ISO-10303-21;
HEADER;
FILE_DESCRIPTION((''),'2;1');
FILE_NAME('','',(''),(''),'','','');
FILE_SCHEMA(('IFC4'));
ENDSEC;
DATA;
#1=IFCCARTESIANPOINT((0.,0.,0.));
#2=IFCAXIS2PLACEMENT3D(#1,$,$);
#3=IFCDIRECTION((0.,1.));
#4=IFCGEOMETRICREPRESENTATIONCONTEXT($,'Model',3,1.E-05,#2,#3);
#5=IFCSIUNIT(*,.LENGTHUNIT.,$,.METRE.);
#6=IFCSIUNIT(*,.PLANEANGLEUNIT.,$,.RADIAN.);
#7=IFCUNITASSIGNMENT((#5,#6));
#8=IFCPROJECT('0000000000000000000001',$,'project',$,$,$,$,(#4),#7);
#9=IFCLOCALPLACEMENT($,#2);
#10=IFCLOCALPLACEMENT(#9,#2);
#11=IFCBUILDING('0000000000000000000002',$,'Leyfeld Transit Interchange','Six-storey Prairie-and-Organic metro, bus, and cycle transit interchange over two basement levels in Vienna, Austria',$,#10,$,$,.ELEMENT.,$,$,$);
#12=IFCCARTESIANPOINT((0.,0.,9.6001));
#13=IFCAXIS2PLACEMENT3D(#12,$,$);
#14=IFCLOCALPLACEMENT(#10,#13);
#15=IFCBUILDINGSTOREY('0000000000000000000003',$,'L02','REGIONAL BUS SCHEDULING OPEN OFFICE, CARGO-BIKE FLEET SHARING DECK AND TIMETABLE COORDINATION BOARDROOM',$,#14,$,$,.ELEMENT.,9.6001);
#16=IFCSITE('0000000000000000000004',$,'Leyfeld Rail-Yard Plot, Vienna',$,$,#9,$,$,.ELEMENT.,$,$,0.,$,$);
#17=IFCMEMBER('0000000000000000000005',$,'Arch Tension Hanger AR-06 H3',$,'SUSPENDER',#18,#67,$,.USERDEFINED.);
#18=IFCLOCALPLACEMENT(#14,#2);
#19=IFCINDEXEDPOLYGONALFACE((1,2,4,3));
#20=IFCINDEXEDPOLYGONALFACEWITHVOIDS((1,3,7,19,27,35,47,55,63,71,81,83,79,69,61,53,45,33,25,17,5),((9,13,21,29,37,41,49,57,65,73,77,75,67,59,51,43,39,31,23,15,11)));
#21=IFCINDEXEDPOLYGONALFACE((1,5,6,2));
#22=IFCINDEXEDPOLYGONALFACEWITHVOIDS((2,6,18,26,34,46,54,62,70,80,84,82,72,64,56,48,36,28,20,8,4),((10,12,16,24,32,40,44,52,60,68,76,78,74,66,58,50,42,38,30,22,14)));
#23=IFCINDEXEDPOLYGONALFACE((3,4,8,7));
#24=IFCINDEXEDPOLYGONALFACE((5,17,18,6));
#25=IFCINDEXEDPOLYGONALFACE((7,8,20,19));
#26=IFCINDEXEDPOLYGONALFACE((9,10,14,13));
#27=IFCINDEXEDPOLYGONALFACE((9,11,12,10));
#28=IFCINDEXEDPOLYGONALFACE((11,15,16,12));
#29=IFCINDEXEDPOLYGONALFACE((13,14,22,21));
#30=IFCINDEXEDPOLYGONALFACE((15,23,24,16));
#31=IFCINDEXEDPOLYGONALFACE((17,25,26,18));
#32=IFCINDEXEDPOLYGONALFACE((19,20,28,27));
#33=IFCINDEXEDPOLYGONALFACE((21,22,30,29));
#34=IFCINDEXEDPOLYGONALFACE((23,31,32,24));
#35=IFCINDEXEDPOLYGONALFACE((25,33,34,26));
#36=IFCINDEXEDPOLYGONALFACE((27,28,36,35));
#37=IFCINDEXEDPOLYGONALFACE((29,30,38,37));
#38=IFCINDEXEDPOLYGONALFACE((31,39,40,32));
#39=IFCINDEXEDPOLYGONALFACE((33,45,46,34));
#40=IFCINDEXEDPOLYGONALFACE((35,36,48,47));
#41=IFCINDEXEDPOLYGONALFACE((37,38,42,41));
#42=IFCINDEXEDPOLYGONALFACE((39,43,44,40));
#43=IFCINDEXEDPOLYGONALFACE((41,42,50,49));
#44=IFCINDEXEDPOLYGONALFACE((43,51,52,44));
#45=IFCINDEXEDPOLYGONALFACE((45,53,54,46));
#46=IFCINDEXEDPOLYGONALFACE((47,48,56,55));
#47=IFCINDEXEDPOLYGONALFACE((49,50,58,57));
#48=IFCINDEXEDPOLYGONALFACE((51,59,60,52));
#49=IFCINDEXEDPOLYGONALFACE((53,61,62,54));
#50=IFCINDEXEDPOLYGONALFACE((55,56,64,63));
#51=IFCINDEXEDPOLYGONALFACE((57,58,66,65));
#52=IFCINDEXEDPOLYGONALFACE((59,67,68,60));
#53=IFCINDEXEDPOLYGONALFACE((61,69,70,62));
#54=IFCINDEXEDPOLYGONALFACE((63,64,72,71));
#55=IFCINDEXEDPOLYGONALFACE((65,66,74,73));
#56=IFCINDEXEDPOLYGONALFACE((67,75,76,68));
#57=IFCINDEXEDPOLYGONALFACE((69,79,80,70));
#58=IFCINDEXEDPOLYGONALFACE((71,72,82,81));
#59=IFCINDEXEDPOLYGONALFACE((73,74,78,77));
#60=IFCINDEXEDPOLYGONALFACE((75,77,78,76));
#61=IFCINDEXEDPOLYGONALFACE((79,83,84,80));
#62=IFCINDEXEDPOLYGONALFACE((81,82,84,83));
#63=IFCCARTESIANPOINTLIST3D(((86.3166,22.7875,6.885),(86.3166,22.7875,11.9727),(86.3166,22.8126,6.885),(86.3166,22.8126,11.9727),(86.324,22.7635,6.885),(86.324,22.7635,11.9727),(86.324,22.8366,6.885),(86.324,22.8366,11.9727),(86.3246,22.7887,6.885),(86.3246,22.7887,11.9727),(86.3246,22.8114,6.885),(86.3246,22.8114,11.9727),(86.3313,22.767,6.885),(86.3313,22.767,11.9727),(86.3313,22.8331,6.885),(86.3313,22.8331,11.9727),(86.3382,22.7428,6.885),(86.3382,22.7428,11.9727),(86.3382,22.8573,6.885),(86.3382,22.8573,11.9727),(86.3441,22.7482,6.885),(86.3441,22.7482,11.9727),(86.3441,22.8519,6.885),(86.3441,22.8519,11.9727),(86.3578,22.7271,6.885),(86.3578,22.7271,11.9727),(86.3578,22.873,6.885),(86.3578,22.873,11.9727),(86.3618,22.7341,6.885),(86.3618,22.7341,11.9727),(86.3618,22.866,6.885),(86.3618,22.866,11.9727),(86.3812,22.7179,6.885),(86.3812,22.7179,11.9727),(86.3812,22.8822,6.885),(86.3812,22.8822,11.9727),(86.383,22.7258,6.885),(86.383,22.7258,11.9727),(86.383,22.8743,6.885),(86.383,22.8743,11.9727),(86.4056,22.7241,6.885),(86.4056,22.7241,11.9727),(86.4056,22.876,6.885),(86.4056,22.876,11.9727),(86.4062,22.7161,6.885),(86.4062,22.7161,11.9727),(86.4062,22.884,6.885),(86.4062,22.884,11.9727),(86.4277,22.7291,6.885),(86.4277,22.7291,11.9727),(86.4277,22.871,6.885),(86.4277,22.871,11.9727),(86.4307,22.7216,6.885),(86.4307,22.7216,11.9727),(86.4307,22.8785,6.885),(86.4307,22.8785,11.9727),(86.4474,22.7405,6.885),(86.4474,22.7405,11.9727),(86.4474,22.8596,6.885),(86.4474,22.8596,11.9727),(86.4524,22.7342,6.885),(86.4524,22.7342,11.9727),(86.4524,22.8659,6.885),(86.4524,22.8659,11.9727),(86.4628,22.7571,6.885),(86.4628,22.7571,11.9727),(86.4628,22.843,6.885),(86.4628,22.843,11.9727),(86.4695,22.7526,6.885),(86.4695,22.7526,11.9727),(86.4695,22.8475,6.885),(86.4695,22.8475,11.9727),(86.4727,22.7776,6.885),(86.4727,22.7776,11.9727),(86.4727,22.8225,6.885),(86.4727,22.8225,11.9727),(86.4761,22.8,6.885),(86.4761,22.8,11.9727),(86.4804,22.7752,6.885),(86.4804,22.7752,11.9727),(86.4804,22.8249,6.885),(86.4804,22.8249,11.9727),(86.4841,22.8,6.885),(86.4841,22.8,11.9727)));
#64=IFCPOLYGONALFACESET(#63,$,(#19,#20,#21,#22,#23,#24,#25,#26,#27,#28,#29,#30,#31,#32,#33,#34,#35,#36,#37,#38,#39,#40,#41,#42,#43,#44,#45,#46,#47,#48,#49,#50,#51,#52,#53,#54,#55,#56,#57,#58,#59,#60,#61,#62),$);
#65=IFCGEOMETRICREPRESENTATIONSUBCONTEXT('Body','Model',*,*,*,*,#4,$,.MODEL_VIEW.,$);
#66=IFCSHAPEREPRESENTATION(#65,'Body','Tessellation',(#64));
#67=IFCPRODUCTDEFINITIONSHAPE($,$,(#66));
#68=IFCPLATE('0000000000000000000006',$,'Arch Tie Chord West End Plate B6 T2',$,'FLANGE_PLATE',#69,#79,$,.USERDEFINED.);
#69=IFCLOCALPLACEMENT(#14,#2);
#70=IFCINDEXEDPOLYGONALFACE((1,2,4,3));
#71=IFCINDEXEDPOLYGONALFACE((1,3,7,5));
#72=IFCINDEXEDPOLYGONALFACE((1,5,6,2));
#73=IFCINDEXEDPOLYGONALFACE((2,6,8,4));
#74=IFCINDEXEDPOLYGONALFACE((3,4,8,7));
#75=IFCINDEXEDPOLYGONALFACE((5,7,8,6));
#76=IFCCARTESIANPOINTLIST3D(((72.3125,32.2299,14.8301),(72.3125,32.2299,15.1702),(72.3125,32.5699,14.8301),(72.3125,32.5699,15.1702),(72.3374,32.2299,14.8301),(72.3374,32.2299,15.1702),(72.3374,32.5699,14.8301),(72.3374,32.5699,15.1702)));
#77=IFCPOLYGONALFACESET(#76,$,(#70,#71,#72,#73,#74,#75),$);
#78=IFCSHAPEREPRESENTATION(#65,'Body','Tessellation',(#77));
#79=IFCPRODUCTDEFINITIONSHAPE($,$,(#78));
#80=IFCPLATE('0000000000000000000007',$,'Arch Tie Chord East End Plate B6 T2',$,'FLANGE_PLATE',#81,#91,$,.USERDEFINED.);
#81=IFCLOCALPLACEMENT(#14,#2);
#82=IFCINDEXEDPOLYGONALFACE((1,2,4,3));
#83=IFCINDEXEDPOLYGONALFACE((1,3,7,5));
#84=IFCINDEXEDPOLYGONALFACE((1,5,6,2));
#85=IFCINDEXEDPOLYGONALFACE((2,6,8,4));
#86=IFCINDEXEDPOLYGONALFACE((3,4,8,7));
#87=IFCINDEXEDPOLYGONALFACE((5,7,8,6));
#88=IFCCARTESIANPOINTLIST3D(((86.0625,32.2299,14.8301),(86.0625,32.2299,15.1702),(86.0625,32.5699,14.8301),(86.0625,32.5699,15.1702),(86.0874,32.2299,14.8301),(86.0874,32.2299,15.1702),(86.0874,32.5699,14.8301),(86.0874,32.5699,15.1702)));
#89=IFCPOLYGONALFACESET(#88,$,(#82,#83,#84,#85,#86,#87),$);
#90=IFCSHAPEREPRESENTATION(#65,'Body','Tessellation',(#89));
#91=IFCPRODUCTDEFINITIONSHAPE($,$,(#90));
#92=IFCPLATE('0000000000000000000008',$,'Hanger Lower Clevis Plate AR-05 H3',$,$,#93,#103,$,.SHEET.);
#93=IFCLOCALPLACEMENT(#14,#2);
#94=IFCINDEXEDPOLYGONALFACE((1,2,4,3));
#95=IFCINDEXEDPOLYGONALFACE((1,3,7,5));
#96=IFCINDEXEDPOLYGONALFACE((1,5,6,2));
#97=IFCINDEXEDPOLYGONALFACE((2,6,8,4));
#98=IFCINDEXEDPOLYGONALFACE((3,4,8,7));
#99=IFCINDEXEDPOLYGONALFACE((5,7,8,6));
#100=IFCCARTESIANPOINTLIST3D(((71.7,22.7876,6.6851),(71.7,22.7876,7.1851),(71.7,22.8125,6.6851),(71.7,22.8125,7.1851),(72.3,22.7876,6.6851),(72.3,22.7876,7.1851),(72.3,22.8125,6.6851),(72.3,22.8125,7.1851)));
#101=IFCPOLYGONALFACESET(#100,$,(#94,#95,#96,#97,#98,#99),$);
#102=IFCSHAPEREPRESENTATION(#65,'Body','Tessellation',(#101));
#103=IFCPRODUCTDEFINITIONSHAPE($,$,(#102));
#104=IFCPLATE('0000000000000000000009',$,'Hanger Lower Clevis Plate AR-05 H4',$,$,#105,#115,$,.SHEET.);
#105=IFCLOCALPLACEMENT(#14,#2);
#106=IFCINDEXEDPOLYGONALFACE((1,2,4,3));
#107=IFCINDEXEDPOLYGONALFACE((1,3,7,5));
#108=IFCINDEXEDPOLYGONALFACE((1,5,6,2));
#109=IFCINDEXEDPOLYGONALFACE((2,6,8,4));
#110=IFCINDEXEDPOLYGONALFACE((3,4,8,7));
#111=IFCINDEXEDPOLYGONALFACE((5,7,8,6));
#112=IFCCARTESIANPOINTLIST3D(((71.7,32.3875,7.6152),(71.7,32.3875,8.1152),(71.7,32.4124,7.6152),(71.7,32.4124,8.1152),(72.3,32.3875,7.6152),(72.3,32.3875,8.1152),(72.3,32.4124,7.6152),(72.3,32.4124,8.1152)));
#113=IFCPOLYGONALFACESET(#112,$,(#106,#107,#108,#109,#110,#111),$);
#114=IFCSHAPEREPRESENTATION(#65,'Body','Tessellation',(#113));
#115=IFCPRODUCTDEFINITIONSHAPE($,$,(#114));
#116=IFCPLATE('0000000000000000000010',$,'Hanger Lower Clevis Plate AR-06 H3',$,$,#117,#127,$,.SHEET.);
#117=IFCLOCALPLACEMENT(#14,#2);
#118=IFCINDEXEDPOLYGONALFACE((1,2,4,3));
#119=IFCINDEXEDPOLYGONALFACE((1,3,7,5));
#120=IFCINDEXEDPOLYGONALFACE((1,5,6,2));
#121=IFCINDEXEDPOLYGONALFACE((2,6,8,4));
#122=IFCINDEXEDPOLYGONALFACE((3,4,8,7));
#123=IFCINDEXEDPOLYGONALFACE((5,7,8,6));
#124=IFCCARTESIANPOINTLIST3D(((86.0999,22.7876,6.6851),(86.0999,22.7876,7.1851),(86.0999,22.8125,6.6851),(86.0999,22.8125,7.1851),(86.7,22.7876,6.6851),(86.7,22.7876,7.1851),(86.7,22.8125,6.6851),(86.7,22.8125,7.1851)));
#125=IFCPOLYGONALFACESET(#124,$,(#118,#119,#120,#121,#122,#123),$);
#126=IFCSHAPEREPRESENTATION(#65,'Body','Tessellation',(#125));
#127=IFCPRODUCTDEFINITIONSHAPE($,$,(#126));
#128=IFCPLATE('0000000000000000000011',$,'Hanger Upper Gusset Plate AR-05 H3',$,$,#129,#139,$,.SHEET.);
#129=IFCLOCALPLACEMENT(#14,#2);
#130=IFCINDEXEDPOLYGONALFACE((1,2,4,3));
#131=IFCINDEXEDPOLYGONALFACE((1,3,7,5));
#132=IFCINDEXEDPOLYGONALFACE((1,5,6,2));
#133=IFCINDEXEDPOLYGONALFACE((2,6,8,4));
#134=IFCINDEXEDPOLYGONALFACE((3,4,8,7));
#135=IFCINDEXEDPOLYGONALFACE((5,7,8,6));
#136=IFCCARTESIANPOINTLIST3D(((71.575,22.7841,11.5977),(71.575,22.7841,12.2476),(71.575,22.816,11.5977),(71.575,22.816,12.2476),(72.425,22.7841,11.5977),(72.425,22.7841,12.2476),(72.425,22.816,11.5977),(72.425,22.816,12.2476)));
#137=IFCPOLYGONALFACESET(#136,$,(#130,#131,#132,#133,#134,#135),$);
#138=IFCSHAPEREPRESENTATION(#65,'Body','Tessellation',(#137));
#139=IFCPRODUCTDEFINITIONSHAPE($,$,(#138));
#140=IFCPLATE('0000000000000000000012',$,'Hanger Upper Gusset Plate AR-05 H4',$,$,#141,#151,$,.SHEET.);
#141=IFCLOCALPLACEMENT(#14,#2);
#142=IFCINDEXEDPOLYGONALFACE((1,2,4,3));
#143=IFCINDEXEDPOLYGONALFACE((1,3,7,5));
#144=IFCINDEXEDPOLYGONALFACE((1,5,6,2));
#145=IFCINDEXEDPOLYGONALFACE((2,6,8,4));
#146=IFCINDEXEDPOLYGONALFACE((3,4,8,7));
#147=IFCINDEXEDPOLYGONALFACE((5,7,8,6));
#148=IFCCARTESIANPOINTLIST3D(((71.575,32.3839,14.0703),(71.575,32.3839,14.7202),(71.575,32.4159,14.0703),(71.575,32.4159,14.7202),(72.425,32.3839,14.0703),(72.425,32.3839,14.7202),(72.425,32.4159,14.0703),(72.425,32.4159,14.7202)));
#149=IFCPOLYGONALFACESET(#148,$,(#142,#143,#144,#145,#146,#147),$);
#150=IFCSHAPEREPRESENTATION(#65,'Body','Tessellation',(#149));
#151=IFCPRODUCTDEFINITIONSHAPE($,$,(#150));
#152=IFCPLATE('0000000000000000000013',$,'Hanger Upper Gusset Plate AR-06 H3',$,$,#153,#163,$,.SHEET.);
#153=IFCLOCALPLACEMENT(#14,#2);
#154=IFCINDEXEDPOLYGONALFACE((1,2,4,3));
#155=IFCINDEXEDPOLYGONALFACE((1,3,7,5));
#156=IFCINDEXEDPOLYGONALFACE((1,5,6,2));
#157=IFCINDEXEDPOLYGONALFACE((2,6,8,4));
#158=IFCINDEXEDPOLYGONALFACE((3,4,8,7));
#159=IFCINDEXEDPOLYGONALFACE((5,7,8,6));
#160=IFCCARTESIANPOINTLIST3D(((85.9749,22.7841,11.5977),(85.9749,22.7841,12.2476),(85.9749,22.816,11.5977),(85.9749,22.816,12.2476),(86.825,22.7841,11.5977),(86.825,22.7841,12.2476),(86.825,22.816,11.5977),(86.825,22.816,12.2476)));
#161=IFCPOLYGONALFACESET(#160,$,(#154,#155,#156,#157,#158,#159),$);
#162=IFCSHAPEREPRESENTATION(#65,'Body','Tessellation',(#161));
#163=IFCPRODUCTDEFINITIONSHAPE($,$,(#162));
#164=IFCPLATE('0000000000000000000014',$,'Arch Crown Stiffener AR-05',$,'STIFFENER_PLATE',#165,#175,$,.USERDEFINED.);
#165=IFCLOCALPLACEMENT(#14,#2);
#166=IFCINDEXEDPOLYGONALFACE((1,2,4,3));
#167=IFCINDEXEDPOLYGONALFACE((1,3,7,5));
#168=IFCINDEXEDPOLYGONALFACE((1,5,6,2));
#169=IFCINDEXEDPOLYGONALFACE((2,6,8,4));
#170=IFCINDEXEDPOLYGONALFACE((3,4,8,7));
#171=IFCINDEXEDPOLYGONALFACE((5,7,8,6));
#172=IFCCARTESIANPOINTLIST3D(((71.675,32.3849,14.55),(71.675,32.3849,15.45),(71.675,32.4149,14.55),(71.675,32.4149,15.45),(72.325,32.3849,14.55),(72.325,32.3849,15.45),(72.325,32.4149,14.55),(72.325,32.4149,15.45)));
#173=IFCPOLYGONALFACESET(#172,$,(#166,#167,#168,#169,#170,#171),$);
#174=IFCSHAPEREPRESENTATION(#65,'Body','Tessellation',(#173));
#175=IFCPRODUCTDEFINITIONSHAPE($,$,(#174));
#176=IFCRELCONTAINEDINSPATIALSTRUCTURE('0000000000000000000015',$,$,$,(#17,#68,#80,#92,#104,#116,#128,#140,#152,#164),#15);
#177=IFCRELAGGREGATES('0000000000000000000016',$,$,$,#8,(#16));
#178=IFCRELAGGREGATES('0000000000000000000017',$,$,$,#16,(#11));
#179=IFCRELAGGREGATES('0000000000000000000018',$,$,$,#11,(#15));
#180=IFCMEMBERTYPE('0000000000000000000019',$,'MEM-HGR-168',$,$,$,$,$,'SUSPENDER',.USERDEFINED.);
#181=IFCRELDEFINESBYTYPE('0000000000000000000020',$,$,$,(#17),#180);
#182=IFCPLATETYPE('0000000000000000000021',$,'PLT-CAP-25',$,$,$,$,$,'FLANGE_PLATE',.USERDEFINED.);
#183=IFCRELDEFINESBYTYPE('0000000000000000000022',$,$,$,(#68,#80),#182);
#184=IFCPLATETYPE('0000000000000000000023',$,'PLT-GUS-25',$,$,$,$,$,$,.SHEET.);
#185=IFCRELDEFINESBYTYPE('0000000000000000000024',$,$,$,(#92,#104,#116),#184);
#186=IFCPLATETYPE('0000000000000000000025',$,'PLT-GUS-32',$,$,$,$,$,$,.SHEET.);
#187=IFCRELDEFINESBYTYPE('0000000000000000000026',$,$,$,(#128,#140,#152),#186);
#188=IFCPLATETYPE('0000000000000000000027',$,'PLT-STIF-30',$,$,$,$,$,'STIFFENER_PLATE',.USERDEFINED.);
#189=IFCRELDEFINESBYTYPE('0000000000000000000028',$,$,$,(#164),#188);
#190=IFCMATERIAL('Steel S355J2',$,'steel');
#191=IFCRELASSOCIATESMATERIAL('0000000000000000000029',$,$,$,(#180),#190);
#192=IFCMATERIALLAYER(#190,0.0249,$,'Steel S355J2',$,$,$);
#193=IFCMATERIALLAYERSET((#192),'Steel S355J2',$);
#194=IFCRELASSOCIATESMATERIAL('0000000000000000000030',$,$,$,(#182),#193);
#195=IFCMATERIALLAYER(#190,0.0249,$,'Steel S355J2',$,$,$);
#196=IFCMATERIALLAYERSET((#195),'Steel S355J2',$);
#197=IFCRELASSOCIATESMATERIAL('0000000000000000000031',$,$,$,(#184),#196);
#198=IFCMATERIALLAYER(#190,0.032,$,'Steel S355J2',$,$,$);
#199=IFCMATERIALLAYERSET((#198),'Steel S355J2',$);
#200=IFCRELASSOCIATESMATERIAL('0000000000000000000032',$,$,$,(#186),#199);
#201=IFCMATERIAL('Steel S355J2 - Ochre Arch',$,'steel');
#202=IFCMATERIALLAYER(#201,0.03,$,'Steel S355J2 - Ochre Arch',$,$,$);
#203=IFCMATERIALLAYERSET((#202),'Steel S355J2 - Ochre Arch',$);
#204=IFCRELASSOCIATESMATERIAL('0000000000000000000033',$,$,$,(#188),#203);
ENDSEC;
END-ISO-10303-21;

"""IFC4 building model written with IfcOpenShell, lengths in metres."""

from ifc_helpers import new_model, si_unit, direction, frame, origin, origin_2d, place, context, subcontext, project, spatial, rectangle, hollow_circle, extrude, material, layer, layer_set, material_profile, profile_set, type_object, element, save


model = new_model("IFC4")

# Units and contexts
model_context = context("Model", 3, precision=1e-05, world=origin(), true_north=direction((0.0, 1.0)))
body_context = subcontext(model_context, "Body", "Model", "MODEL_VIEW")
ifc_project = project(units=[si_unit("LENGTHUNIT", "METRE"), si_unit("PLANEANGLEUNIT", "RADIAN")], contexts=[model_context])

# Site, building, storey
site_placement = place(None, origin())
site = spatial("IfcSite", under=ifc_project, at=site_placement, Name="Leyfeld Rail-Yard Plot, Vienna", CompositionType="ELEMENT", RefElevation=0.0)
building_placement = place(site_placement, origin())
building = spatial("IfcBuilding", under=site, at=building_placement, Name="Leyfeld Transit Interchange", Description="Six-storey Prairie-and-Organic metro, bus, and cycle transit interchange over two basement levels in Vienna, Austria", CompositionType="ELEMENT")
storey_placement = place(building_placement, frame((0.0, 0.0, 9.6001)))
storey = spatial("IfcBuildingStorey", under=building, at=storey_placement, Name="L02", Description="REGIONAL BUS SCHEDULING OPEN OFFICE, CARGO-BIKE FLEET SHARING DECK AND TIMETABLE COORDINATION BOARDROOM", CompositionType="ELEMENT", Elevation=9.6001)

# Member
ifc_material_1 = material(Name="Steel S355J2 - Ochre Arch", Category="steel")
ifc_material_2 = material(Name="Steel S355J2", Category="steel")
ifc_material_profile_1 = material_profile(ifc_material_2, hollow_circle(Radius=0.0842, WallThickness=0.0081, at=origin_2d()), Name="CHS 168.3x8")
ifc_profile_set_1 = profile_set([ifc_material_profile_1], Name="Steel S355J2")
member_type_1 = type_object("IfcMemberType", Name="MEM-HGR-168", ElementType="SUSPENDER", PredefinedType="USERDEFINED", material=ifc_profile_set_1)
member_1_placement = place(storey_placement, frame((86.3999, 22.8, 6.885), z_axis=(0.0, 0.0, 1.0), x_axis=(1.0, 0.0, 0.0)))
element("IfcMember", 1, at=member_1_placement, inside=storey, type_object=member_type_1, Name="Arch Tension Hanger AR-06 H3", ObjectType="SUSPENDER", PredefinedType="USERDEFINED", context=body_context, shape_type="SweptSolid", body=[
    extrude(hollow_circle(Radius=0.0842, WallThickness=0.0081, at=origin_2d()), origin(), (0.0, 0.0, 1.0), 5.0876),
])

# Plates
ifc_layer_1 = layer(ifc_material_2, 0.0249, Name="Steel S355J2")
ifc_layer_set_1 = layer_set([ifc_layer_1], Name="Steel S355J2")
plate_type_1 = type_object("IfcPlateType", Name="PLT-CAP-25", ElementType="FLANGE_PLATE", PredefinedType="USERDEFINED", material=ifc_layer_set_1)
for number, where, z_axis, x_axis, name in (
    (2, (72.325, 32.3999, 14.8301), (0.0, 0.0, 1.0), (0.0, 1.0, 0.0), "Arch Tie Chord West End Plate B6 T2"),
    (3, (86.075, 32.3999, 14.8301), (0.0, 0.0, 1.0), (0.0, 1.0, 0.0), "Arch Tie Chord East End Plate B6 T2"),
):
    element("IfcPlate", number, at=place(storey_placement, frame(where, z_axis=z_axis, x_axis=x_axis)), inside=storey, type_object=plate_type_1, Name=name, ObjectType="FLANGE_PLATE", PredefinedType="USERDEFINED", context=body_context, shape_type="SweptSolid", body=[
        extrude(rectangle(XDim=0.3401, YDim=0.0249, at=origin_2d()), origin(), (0.0, 0.0, 1.0), 0.3401),
    ])
ifc_layer_2 = layer(ifc_material_2, 0.0249, Name="Steel S355J2")
ifc_layer_set_2 = layer_set([ifc_layer_2], Name="Steel S355J2")
plate_type_2 = type_object("IfcPlateType", Name="PLT-GUS-25", PredefinedType="SHEET", material=ifc_layer_set_2)
for number, where, z_axis, x_axis, name in (
    (4, (72.0, 22.8, 6.6851), (0.0, 0.0, 1.0), (1.0, 0.0, 0.0), "Hanger Lower Clevis Plate AR-05 H3"),
    (5, (72.0, 32.3999, 7.6152), (0.0, 0.0, 1.0), (1.0, 0.0, 0.0), "Hanger Lower Clevis Plate AR-05 H4"),
    (6, (86.3999, 22.8, 6.6851), (0.0, 0.0, 1.0), (1.0, 0.0, 0.0), "Hanger Lower Clevis Plate AR-06 H3"),
):
    element("IfcPlate", number, at=place(storey_placement, frame(where, z_axis=z_axis, x_axis=x_axis)), inside=storey, type_object=plate_type_2, Name=name, PredefinedType="SHEET", context=body_context, shape_type="SweptSolid", body=[
        extrude(rectangle(XDim=0.6001, YDim=0.0249, at=origin_2d()), origin(), (0.0, 0.0, 1.0), 0.5),
    ])
ifc_layer_3 = layer(ifc_material_2, 0.032, Name="Steel S355J2")
ifc_layer_set_3 = layer_set([ifc_layer_3], Name="Steel S355J2")
plate_type_3 = type_object("IfcPlateType", Name="PLT-GUS-32", PredefinedType="SHEET", material=ifc_layer_set_3)
for number, where, z_axis, x_axis, name in (
    (7, (72.0, 22.8, 11.5977), (0.0, 0.0, 1.0), (1.0, 0.0, 0.0), "Hanger Upper Gusset Plate AR-05 H3"),
    (8, (72.0, 32.3999, 14.0703), (0.0, 0.0, 1.0), (1.0, 0.0, 0.0), "Hanger Upper Gusset Plate AR-05 H4"),
    (9, (86.3999, 22.8, 11.5977), (0.0, 0.0, 1.0), (1.0, 0.0, 0.0), "Hanger Upper Gusset Plate AR-06 H3"),
):
    element("IfcPlate", number, at=place(storey_placement, frame(where, z_axis=z_axis, x_axis=x_axis)), inside=storey, type_object=plate_type_3, Name=name, PredefinedType="SHEET", context=body_context, shape_type="SweptSolid", body=[
        extrude(rectangle(XDim=0.8501, YDim=0.032, at=origin_2d()), origin(), (0.0, 0.0, 1.0), 0.6499),
    ])
ifc_layer_4 = layer(ifc_material_1, 0.03, Name="Steel S355J2 - Ochre Arch")
ifc_layer_set_4 = layer_set([ifc_layer_4], Name="Steel S355J2 - Ochre Arch")
plate_type_4 = type_object("IfcPlateType", Name="PLT-STIF-30", ElementType="STIFFENER_PLATE", PredefinedType="USERDEFINED", material=ifc_layer_set_4)
plate_placement = place(storey_placement, frame((72.0, 32.3999, 14.55), z_axis=(0.0, 0.0, 1.0), x_axis=(1.0, 0.0, 0.0)))
element("IfcPlate", 10, at=plate_placement, inside=storey, type_object=plate_type_4, Name="Arch Crown Stiffener AR-05", ObjectType="STIFFENER_PLATE", PredefinedType="USERDEFINED", context=body_context, shape_type="SweptSolid", body=[
    extrude(rectangle(XDim=0.6499, YDim=0.03, at=origin_2d()), origin(), (0.0, 0.0, 1.0), 0.8999),
])

save(model, "model.ifc")
